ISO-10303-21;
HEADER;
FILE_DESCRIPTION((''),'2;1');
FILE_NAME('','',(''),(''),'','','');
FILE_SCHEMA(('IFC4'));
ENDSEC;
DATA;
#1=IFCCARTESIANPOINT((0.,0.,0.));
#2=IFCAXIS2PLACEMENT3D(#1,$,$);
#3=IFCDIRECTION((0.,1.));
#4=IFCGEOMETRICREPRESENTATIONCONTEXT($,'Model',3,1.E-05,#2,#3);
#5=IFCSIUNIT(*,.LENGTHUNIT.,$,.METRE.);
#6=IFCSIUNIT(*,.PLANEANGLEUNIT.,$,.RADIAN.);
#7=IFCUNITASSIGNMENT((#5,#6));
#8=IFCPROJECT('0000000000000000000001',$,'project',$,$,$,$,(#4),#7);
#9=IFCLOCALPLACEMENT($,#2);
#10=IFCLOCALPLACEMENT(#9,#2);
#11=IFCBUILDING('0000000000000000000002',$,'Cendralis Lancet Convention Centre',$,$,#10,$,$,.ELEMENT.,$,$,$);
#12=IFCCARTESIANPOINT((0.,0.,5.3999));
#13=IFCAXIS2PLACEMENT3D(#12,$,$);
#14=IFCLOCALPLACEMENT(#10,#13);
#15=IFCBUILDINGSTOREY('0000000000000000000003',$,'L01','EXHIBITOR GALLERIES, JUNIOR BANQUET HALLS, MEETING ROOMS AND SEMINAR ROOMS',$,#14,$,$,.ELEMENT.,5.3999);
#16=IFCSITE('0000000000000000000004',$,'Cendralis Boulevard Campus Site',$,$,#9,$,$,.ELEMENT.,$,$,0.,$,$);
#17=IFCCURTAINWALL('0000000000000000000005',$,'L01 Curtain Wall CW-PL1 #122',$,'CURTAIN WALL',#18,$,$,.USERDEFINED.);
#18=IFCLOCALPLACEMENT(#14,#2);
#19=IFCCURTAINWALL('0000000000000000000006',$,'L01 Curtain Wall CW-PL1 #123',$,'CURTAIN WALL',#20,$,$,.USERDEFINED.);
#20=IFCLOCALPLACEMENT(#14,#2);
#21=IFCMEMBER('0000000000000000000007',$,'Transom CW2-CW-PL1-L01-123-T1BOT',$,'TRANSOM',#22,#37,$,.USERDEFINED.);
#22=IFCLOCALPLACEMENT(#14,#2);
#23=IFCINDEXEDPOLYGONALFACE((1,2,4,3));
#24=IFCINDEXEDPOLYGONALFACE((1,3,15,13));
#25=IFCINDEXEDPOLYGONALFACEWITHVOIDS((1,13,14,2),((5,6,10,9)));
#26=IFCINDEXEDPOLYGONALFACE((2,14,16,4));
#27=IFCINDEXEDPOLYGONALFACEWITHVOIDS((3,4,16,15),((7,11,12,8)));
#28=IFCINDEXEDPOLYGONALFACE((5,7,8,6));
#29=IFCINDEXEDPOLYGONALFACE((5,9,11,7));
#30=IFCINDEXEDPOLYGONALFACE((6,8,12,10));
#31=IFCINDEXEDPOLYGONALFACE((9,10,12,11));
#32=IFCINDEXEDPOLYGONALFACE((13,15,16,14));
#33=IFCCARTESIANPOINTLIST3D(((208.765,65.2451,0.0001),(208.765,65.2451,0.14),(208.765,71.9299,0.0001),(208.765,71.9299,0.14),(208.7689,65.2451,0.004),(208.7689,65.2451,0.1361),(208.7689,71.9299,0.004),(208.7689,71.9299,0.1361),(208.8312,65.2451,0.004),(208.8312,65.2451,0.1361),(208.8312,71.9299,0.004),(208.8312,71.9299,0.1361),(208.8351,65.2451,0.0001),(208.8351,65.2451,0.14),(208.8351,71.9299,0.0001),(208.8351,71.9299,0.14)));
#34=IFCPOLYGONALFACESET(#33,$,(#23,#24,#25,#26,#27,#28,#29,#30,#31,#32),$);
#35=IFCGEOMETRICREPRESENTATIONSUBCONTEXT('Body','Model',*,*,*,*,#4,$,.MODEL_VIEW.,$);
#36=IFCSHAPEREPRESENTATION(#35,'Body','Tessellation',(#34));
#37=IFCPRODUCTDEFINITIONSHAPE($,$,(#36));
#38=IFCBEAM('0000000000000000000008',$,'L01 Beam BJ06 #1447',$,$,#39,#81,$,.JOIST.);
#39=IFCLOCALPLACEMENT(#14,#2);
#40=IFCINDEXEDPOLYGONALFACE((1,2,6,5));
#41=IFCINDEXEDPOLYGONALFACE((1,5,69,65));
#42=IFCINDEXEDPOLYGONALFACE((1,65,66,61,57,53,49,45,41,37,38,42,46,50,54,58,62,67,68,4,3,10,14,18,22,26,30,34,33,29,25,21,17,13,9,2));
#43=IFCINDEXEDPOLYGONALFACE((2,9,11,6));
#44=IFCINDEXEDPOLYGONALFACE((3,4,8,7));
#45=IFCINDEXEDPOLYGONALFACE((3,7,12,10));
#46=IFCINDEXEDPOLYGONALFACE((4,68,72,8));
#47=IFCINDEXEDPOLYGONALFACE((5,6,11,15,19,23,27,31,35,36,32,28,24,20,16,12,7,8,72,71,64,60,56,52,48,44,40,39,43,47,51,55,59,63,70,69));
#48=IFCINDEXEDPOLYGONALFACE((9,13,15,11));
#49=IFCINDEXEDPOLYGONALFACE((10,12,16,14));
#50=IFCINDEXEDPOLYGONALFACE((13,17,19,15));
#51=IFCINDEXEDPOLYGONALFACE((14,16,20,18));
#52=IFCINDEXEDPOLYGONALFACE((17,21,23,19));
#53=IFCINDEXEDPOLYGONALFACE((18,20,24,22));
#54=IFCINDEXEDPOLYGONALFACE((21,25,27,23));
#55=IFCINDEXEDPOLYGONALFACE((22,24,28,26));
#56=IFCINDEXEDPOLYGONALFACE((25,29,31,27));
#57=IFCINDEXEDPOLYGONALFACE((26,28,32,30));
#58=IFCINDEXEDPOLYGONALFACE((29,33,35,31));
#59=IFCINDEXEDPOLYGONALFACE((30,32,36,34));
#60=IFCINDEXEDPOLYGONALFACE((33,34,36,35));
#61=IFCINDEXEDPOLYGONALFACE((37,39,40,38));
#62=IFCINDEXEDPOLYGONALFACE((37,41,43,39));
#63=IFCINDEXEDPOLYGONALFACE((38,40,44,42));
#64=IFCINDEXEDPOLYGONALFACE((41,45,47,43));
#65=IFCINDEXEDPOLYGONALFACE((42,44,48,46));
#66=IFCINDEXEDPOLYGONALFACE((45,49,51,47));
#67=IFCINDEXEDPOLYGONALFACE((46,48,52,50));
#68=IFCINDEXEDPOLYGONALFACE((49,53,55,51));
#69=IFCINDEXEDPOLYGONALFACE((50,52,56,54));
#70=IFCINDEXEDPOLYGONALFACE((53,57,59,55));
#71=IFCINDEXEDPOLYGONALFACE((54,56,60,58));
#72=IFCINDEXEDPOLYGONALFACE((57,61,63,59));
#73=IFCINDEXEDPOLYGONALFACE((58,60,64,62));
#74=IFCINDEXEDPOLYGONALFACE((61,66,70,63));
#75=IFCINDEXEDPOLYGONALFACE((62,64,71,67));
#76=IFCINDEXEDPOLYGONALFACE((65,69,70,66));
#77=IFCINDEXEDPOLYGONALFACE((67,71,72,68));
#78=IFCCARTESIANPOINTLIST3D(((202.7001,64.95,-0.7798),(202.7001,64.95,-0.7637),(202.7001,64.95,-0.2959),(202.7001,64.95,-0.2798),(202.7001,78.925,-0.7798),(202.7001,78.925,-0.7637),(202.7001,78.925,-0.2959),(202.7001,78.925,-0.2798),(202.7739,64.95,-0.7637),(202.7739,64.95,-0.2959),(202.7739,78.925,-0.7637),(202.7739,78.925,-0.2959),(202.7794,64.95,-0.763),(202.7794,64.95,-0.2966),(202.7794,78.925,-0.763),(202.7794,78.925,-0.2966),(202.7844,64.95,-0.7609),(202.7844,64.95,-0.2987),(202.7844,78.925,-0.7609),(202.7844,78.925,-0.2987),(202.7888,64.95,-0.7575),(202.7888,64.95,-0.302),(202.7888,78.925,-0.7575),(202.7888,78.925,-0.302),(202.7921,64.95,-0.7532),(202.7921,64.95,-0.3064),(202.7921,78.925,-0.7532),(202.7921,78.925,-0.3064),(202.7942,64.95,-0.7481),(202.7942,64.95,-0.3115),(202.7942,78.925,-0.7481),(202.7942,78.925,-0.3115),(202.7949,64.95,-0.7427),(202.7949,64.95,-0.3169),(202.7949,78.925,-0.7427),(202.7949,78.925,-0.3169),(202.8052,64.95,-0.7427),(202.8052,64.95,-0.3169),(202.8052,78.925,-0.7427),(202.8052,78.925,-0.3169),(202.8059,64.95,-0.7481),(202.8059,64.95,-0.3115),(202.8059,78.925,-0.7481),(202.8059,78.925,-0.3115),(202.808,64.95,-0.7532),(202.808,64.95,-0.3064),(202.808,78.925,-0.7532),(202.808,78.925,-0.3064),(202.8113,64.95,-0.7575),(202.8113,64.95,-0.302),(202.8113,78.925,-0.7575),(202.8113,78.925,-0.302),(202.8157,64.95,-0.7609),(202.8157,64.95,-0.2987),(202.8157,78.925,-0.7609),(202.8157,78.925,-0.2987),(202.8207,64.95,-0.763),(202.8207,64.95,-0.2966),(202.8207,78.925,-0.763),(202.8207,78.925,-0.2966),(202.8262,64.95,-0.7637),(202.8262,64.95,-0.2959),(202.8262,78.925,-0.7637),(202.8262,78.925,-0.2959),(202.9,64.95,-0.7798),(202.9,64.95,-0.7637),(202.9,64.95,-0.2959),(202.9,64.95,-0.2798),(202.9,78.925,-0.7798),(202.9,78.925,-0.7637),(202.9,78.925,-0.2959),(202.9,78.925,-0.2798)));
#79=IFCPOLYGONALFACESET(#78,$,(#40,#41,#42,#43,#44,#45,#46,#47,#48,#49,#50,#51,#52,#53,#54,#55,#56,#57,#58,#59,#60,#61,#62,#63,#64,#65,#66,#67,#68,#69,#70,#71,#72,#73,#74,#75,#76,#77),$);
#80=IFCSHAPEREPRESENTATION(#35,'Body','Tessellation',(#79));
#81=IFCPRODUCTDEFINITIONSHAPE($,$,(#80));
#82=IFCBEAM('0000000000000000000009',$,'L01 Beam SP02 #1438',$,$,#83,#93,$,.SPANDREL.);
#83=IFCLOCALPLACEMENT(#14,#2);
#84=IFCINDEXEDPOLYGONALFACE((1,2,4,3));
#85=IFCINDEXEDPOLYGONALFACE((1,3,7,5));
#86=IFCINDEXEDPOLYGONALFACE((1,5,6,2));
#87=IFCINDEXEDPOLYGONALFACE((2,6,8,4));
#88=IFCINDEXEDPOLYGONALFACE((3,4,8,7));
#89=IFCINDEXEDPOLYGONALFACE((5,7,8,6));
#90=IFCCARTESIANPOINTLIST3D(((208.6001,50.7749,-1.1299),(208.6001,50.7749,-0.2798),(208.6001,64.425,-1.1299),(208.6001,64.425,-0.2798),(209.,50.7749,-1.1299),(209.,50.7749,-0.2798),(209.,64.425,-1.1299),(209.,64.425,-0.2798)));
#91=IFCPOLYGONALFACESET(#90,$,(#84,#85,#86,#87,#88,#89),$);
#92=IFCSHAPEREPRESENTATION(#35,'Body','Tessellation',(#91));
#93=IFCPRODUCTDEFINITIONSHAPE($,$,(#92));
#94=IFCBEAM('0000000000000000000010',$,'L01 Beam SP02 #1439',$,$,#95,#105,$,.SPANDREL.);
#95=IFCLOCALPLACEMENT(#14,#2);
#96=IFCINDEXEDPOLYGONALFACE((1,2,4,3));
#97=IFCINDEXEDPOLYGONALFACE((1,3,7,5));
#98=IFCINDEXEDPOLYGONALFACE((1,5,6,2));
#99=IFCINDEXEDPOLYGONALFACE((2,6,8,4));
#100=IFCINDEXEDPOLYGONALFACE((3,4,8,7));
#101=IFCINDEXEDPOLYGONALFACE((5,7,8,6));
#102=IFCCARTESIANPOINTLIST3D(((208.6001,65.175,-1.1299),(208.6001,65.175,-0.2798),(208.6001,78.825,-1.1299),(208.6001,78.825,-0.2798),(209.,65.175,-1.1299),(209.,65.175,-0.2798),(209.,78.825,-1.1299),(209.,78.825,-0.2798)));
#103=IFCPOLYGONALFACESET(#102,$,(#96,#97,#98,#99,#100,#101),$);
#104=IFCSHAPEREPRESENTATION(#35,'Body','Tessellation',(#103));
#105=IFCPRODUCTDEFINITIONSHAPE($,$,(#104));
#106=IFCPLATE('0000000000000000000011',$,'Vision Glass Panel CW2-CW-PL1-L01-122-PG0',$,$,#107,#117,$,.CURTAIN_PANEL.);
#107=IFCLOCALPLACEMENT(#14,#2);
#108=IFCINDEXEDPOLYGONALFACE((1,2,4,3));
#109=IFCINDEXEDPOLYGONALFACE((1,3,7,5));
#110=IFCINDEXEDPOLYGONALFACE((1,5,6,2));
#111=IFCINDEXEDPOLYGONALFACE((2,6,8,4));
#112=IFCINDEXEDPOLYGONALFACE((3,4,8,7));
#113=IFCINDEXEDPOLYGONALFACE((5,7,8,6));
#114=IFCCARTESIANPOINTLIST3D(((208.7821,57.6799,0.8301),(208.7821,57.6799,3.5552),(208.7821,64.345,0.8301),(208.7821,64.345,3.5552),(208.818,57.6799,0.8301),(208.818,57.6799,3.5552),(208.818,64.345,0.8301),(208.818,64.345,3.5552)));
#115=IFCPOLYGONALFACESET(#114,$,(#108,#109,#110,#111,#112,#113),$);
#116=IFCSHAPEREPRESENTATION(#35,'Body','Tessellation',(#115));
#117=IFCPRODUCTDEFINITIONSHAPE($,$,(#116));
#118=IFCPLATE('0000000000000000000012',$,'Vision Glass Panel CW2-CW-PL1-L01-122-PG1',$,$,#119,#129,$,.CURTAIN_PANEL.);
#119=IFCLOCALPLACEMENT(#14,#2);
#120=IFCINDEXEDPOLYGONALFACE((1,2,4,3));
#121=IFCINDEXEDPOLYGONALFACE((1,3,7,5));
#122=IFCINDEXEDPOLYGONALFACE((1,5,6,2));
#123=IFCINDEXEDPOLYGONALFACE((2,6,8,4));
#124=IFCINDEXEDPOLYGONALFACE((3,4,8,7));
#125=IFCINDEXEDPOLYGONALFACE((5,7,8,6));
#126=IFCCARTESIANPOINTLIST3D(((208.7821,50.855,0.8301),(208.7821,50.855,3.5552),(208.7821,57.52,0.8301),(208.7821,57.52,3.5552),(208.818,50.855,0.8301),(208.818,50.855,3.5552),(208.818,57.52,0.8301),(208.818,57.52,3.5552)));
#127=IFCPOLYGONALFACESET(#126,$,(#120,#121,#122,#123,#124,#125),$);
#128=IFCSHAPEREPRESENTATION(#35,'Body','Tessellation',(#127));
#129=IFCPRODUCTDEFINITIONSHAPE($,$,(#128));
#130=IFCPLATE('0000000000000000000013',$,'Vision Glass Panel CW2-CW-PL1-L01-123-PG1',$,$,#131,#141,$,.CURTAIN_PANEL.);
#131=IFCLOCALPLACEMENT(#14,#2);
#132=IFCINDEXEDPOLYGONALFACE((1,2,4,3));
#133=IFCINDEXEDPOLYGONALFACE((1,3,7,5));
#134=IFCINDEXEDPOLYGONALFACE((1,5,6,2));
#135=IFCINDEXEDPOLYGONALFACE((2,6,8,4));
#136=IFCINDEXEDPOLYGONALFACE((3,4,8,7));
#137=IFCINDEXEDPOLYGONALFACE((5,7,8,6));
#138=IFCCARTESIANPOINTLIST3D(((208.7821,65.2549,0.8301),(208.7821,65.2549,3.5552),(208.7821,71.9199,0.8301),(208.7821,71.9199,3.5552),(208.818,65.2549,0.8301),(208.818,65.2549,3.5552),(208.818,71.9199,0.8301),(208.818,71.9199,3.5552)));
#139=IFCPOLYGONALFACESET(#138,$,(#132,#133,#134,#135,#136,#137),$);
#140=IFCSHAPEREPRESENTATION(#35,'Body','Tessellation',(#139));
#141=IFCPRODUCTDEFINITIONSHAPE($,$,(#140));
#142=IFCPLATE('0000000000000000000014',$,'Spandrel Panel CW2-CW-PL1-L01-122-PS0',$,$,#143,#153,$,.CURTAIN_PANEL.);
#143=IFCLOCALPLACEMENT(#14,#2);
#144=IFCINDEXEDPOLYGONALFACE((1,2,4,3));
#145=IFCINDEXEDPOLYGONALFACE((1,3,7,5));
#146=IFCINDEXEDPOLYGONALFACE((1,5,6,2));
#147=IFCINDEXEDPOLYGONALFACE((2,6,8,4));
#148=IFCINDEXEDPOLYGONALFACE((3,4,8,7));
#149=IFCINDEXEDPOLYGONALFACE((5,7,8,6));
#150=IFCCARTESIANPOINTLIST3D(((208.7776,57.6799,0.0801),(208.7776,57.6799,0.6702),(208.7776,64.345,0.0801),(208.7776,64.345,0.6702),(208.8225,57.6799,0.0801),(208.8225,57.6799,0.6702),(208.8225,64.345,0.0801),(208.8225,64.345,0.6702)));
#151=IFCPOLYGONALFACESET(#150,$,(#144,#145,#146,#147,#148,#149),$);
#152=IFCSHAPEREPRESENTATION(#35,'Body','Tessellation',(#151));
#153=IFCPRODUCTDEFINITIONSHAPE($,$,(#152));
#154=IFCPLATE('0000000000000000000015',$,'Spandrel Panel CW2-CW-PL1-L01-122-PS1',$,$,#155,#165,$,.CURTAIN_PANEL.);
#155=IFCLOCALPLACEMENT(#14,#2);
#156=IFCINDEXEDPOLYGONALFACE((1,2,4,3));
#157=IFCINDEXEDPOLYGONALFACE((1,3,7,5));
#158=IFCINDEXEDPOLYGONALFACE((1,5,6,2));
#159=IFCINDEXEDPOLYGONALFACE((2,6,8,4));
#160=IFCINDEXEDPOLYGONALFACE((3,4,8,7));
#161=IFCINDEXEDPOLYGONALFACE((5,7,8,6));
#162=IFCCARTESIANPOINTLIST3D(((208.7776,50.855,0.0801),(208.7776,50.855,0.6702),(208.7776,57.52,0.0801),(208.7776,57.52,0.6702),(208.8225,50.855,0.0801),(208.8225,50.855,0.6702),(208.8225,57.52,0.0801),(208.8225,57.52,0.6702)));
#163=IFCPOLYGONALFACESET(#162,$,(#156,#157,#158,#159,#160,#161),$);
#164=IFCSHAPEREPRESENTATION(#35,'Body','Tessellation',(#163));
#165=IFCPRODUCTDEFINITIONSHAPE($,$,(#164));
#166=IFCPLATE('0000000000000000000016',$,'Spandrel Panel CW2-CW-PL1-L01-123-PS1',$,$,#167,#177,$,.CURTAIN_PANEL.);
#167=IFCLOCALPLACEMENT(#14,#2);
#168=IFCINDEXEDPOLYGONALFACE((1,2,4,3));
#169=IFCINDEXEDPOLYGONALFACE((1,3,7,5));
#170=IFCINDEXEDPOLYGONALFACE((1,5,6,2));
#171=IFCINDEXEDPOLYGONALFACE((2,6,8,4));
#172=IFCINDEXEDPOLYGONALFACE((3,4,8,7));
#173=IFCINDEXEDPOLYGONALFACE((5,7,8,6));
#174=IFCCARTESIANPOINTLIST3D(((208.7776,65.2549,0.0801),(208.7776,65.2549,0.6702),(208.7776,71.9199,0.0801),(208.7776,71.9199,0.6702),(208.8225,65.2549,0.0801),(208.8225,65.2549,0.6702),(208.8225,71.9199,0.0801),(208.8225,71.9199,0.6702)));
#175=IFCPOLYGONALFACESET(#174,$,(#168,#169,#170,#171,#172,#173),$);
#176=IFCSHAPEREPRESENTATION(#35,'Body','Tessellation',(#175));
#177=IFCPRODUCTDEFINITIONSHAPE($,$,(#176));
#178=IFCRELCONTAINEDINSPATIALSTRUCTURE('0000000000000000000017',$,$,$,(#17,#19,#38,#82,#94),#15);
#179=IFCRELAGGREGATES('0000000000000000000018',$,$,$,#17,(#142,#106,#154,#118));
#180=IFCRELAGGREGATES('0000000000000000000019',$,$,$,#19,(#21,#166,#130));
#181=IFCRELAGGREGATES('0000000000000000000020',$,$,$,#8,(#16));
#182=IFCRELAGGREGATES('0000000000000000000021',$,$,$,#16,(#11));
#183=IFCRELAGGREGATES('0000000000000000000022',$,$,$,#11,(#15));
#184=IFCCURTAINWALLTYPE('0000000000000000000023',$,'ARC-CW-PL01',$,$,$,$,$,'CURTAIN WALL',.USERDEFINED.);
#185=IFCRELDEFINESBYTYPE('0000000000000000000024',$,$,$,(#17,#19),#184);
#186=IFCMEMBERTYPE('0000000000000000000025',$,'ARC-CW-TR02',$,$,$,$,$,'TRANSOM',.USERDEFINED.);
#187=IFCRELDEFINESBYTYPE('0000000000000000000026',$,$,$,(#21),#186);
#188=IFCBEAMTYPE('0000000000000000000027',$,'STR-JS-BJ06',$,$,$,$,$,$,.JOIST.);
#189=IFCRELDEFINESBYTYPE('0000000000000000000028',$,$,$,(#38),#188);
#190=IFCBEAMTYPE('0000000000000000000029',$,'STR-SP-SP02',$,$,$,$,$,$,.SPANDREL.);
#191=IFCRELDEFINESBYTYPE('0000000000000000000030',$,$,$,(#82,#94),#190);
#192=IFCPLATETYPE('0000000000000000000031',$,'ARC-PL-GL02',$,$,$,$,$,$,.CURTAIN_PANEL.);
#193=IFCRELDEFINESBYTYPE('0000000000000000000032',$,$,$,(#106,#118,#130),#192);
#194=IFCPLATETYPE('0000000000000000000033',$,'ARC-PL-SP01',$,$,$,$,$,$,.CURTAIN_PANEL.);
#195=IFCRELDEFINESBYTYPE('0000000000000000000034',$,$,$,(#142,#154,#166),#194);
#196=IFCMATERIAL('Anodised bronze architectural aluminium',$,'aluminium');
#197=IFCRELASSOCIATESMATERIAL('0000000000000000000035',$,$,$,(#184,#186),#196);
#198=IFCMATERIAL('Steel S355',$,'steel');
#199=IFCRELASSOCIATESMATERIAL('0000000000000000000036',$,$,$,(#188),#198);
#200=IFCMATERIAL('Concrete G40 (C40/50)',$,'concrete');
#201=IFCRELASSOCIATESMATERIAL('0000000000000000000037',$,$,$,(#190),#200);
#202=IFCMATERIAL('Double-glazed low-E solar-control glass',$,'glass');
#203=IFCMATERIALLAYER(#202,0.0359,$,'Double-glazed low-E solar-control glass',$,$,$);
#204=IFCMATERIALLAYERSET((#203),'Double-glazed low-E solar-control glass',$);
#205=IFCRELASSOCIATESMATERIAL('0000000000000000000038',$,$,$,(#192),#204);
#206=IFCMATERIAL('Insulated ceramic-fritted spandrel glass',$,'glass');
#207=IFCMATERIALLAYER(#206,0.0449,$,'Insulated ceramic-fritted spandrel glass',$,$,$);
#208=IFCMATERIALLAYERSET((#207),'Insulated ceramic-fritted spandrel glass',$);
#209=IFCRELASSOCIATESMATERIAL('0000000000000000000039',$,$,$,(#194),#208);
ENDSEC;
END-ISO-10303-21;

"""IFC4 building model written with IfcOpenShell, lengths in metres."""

from ifc_helpers import new_model, si_unit, direction, frame, origin, origin_2d, place, context, subcontext, project, spatial, rectangle, hollow_rectangle, i_section, extrude, material, layer, layer_set, material_profile, profile_set, type_object, element, aggregate, save


model = new_model("IFC4")

# Units and contexts
model_context = context("Model", 3, precision=1e-05, world=origin(), true_north=direction((0.0, 1.0)))
body_context = subcontext(model_context, "Body", "Model", "MODEL_VIEW")
ifc_project = project(units=[si_unit("LENGTHUNIT", "METRE"), si_unit("PLANEANGLEUNIT", "RADIAN")], contexts=[model_context])

# Site, building, storey
site_placement = place(None, origin())
site = spatial("IfcSite", under=ifc_project, at=site_placement, Name="Cendralis Boulevard Campus Site", CompositionType="ELEMENT", RefElevation=0.0)
building_placement = place(site_placement, origin())
building = spatial("IfcBuilding", under=site, at=building_placement, Name="Cendralis Lancet Convention Centre", CompositionType="ELEMENT")
storey_placement = place(building_placement, frame((0.0, 0.0, 5.3999)))
storey = spatial("IfcBuildingStorey", under=building, at=storey_placement, Name="L01", Description="EXHIBITOR GALLERIES, JUNIOR BANQUET HALLS, MEETING ROOMS AND SEMINAR ROOMS", CompositionType="ELEMENT", Elevation=5.3999)

# Shared definitions
ifc_material_1 = material(Name="Concrete G40 (C40/50)", Category="concrete")

# Curtain wall
ifc_material_2 = material(Name="Anodised bronze architectural aluminium", Category="aluminium")
curtain_wall_type = type_object("IfcCurtainWallType", Name="ARC-CW-PL01", ElementType="CURTAIN WALL", PredefinedType="USERDEFINED", material=ifc_material_2)
curtain_wall_1_placement = place(storey_placement, origin())
curtain_wall_1 = element("IfcCurtainWall", 1, at=curtain_wall_1_placement, inside=storey, type_object=curtain_wall_type, Name="L01 Curtain Wall CW-PL1 #122", ObjectType="CURTAIN WALL", PredefinedType="USERDEFINED")

# Curtain wall
curtain_wall_2_placement = place(storey_placement, origin())
curtain_wall_2 = element("IfcCurtainWall", 2, at=curtain_wall_2_placement, inside=storey, type_object=curtain_wall_type, Name="L01 Curtain Wall CW-PL1 #123", ObjectType="CURTAIN WALL", PredefinedType="USERDEFINED")

# Member
ifc_material_profile_1 = material_profile(ifc_material_2, hollow_rectangle(XDim=0.0701, YDim=0.1399, WallThickness=0.0039, at=origin_2d()), Name="AL-TRAN 70x140x4.0")
ifc_profile_set_1 = profile_set([ifc_material_profile_1], Name="Anodised bronze architectural aluminium")
member_type_1 = type_object("IfcMemberType", Name="ARC-CW-TR02", ElementType="TRANSOM", PredefinedType="USERDEFINED", material=ifc_profile_set_1)
member_1_placement = place(storey_placement, frame((208.8, 71.9299, 0.0701), z_axis=(0.0, -1.0, 0.0), x_axis=(1.0, 0.0, 0.0)))
member_1 = element("IfcMember", 3, at=member_1_placement, type_object=member_type_1, Name="Transom CW2-CW-PL1-L01-123-T1BOT", ObjectType="TRANSOM", PredefinedType="USERDEFINED", context=body_context, shape_type="SweptSolid", body=[
    extrude(hollow_rectangle(XDim=0.0701, YDim=0.1399, WallThickness=0.0039, at=origin_2d()), origin(), (0.0, 0.0, 1.0), 6.6848),
])

# Beams
ifc_material_3 = material(Name="Steel S355", Category="steel")
ifc_material_profile_2 = material_profile(ifc_material_3, i_section(OverallWidth=0.2, OverallDepth=0.5, WebThickness=0.0103, FlangeThickness=0.0161, FilletRadius=0.021, at=origin_2d()), Name="IPE 500")
ifc_profile_set_2 = profile_set([ifc_material_profile_2], Name="Steel S355")
beam_type_1 = type_object("IfcBeamType", Name="STR-JS-BJ06", PredefinedType="JOIST", material=ifc_profile_set_2)
beam_1_placement = place(storey_placement, frame((202.8, 64.95, -0.5298), z_axis=(0.0, 1.0, 0.0), x_axis=(-1.0, 0.0, 0.0)))
element("IfcBeam", 4, at=beam_1_placement, inside=storey, type_object=beam_type_1, Name="L01 Beam BJ06 #1447", PredefinedType="JOIST", context=body_context, shape_type="SweptSolid", body=[
    extrude(i_section(OverallWidth=0.2, OverallDepth=0.5, WebThickness=0.0103, FlangeThickness=0.0161, FilletRadius=0.021, at=origin_2d()), origin(), (0.0, 0.0, 1.0), 13.9751),
])
ifc_material_profile_3 = material_profile(ifc_material_1, rectangle(XDim=0.3999, YDim=0.8501, at=origin_2d()), Name="RCB 400x850")
ifc_profile_set_3 = profile_set([ifc_material_profile_3], Name="Concrete G40 (C40/50)")
beam_type_2 = type_object("IfcBeamType", Name="STR-SP-SP02", PredefinedType="SPANDREL", material=ifc_profile_set_3)
beam_2_placement = place(storey_placement, frame((208.8, 50.7749, -0.7048), z_axis=(0.0, 1.0, 0.0), x_axis=(-1.0, 0.0, 0.0)))
element("IfcBeam", 5, at=beam_2_placement, inside=storey, type_object=beam_type_2, Name="L01 Beam SP02 #1438", PredefinedType="SPANDREL", context=body_context, shape_type="SweptSolid", body=[
    extrude(rectangle(XDim=0.3999, YDim=0.8501, at=origin_2d()), origin(), (0.0, 0.0, 1.0), 13.6501),
])
beam_3_placement = place(storey_placement, frame((208.8, 65.175, -0.7048), z_axis=(0.0, 1.0, 0.0), x_axis=(-1.0, 0.0, 0.0)))
element("IfcBeam", 6, at=beam_3_placement, inside=storey, type_object=beam_type_2, Name="L01 Beam SP02 #1439", PredefinedType="SPANDREL", context=body_context, shape_type="SweptSolid", body=[
    extrude(rectangle(XDim=0.3999, YDim=0.8501, at=origin_2d()), origin(), (0.0, 0.0, 1.0), 13.6499),
])

# Plates
ifc_material_4 = material(Name="Double-glazed low-E solar-control glass", Category="glass")
ifc_layer_1 = layer(ifc_material_4, 0.0359, Name="Double-glazed low-E solar-control glass")
ifc_layer_set_1 = layer_set([ifc_layer_1], Name="Double-glazed low-E solar-control glass")
plate_type_1 = type_object("IfcPlateType", Name="ARC-PL-GL02", PredefinedType="CURTAIN_PANEL", material=ifc_layer_set_1)
plate_1_placement = place(storey_placement, frame((208.8, 61.0125, 0.8301), z_axis=(0.0, 0.0, 1.0), x_axis=(0.0, -1.0, 0.0)))
plate_1 = element("IfcPlate", 7, at=plate_1_placement, type_object=plate_type_1, Name="Vision Glass Panel CW2-CW-PL1-L01-122-PG0", PredefinedType="CURTAIN_PANEL", context=body_context, shape_type="SweptSolid", body=[
    extrude(rectangle(XDim=6.665, YDim=0.0359, at=origin_2d()), origin(), (0.0, 0.0, 1.0), 2.7251),
])
plate_2_placement = place(storey_placement, frame((208.8, 54.1875, 0.8301), z_axis=(0.0, 0.0, 1.0), x_axis=(0.0, -1.0, 0.0)))
plate_2 = element("IfcPlate", 8, at=plate_2_placement, type_object=plate_type_1, Name="Vision Glass Panel CW2-CW-PL1-L01-122-PG1", PredefinedType="CURTAIN_PANEL", context=body_context, shape_type="SweptSolid", body=[
    extrude(rectangle(XDim=6.665, YDim=0.0359, at=origin_2d()), origin(), (0.0, 0.0, 1.0), 2.7251),
])
plate_3_placement = place(storey_placement, frame((208.8, 68.5874, 0.8301), z_axis=(0.0, 0.0, 1.0), x_axis=(0.0, -1.0, 0.0)))
plate_3 = element("IfcPlate", 9, at=plate_3_placement, type_object=plate_type_1, Name="Vision Glass Panel CW2-CW-PL1-L01-123-PG1", PredefinedType="CURTAIN_PANEL", context=body_context, shape_type="SweptSolid", body=[
    extrude(rectangle(XDim=6.665, YDim=0.0359, at=origin_2d()), origin(), (0.0, 0.0, 1.0), 2.7251),
])
ifc_material_5 = material(Name="Insulated ceramic-fritted spandrel glass", Category="glass")
ifc_layer_2 = layer(ifc_material_5, 0.0449, Name="Insulated ceramic-fritted spandrel glass")
ifc_layer_set_2 = layer_set([ifc_layer_2], Name="Insulated ceramic-fritted spandrel glass")
plate_type_2 = type_object("IfcPlateType", Name="ARC-PL-SP01", PredefinedType="CURTAIN_PANEL", material=ifc_layer_set_2)
plate_4_placement = place(storey_placement, frame((208.8, 61.0125, 0.0801), z_axis=(0.0, 0.0, 1.0), x_axis=(0.0, -1.0, 0.0)))
plate_4 = element("IfcPlate", 10, at=plate_4_placement, type_object=plate_type_2, Name="Spandrel Panel CW2-CW-PL1-L01-122-PS0", PredefinedType="CURTAIN_PANEL", context=body_context, shape_type="SweptSolid", body=[
    extrude(rectangle(XDim=6.665, YDim=0.0449, at=origin_2d()), origin(), (0.0, 0.0, 1.0), 0.5901),
])
plate_5_placement = place(storey_placement, frame((208.8, 54.1875, 0.0801), z_axis=(0.0, 0.0, 1.0), x_axis=(0.0, -1.0, 0.0)))
plate_5 = element("IfcPlate", 11, at=plate_5_placement, type_object=plate_type_2, Name="Spandrel Panel CW2-CW-PL1-L01-122-PS1", PredefinedType="CURTAIN_PANEL", context=body_context, shape_type="SweptSolid", body=[
    extrude(rectangle(XDim=6.665, YDim=0.0449, at=origin_2d()), origin(), (0.0, 0.0, 1.0), 0.5901),
])
aggregate(curtain_wall_1, [plate_4, plate_1, plate_5, plate_2])
plate_6_placement = place(storey_placement, frame((208.8, 68.5874, 0.0801), z_axis=(0.0, 0.0, 1.0), x_axis=(0.0, -1.0, 0.0)))
plate_6 = element("IfcPlate", 12, at=plate_6_placement, type_object=plate_type_2, Name="Spandrel Panel CW2-CW-PL1-L01-123-PS1", PredefinedType="CURTAIN_PANEL", context=body_context, shape_type="SweptSolid", body=[
    extrude(rectangle(XDim=6.665, YDim=0.0449, at=origin_2d()), origin(), (0.0, 0.0, 1.0), 0.5901),
])
aggregate(curtain_wall_2, [member_1, plate_6, plate_3])

save(model, "model.ifc")
